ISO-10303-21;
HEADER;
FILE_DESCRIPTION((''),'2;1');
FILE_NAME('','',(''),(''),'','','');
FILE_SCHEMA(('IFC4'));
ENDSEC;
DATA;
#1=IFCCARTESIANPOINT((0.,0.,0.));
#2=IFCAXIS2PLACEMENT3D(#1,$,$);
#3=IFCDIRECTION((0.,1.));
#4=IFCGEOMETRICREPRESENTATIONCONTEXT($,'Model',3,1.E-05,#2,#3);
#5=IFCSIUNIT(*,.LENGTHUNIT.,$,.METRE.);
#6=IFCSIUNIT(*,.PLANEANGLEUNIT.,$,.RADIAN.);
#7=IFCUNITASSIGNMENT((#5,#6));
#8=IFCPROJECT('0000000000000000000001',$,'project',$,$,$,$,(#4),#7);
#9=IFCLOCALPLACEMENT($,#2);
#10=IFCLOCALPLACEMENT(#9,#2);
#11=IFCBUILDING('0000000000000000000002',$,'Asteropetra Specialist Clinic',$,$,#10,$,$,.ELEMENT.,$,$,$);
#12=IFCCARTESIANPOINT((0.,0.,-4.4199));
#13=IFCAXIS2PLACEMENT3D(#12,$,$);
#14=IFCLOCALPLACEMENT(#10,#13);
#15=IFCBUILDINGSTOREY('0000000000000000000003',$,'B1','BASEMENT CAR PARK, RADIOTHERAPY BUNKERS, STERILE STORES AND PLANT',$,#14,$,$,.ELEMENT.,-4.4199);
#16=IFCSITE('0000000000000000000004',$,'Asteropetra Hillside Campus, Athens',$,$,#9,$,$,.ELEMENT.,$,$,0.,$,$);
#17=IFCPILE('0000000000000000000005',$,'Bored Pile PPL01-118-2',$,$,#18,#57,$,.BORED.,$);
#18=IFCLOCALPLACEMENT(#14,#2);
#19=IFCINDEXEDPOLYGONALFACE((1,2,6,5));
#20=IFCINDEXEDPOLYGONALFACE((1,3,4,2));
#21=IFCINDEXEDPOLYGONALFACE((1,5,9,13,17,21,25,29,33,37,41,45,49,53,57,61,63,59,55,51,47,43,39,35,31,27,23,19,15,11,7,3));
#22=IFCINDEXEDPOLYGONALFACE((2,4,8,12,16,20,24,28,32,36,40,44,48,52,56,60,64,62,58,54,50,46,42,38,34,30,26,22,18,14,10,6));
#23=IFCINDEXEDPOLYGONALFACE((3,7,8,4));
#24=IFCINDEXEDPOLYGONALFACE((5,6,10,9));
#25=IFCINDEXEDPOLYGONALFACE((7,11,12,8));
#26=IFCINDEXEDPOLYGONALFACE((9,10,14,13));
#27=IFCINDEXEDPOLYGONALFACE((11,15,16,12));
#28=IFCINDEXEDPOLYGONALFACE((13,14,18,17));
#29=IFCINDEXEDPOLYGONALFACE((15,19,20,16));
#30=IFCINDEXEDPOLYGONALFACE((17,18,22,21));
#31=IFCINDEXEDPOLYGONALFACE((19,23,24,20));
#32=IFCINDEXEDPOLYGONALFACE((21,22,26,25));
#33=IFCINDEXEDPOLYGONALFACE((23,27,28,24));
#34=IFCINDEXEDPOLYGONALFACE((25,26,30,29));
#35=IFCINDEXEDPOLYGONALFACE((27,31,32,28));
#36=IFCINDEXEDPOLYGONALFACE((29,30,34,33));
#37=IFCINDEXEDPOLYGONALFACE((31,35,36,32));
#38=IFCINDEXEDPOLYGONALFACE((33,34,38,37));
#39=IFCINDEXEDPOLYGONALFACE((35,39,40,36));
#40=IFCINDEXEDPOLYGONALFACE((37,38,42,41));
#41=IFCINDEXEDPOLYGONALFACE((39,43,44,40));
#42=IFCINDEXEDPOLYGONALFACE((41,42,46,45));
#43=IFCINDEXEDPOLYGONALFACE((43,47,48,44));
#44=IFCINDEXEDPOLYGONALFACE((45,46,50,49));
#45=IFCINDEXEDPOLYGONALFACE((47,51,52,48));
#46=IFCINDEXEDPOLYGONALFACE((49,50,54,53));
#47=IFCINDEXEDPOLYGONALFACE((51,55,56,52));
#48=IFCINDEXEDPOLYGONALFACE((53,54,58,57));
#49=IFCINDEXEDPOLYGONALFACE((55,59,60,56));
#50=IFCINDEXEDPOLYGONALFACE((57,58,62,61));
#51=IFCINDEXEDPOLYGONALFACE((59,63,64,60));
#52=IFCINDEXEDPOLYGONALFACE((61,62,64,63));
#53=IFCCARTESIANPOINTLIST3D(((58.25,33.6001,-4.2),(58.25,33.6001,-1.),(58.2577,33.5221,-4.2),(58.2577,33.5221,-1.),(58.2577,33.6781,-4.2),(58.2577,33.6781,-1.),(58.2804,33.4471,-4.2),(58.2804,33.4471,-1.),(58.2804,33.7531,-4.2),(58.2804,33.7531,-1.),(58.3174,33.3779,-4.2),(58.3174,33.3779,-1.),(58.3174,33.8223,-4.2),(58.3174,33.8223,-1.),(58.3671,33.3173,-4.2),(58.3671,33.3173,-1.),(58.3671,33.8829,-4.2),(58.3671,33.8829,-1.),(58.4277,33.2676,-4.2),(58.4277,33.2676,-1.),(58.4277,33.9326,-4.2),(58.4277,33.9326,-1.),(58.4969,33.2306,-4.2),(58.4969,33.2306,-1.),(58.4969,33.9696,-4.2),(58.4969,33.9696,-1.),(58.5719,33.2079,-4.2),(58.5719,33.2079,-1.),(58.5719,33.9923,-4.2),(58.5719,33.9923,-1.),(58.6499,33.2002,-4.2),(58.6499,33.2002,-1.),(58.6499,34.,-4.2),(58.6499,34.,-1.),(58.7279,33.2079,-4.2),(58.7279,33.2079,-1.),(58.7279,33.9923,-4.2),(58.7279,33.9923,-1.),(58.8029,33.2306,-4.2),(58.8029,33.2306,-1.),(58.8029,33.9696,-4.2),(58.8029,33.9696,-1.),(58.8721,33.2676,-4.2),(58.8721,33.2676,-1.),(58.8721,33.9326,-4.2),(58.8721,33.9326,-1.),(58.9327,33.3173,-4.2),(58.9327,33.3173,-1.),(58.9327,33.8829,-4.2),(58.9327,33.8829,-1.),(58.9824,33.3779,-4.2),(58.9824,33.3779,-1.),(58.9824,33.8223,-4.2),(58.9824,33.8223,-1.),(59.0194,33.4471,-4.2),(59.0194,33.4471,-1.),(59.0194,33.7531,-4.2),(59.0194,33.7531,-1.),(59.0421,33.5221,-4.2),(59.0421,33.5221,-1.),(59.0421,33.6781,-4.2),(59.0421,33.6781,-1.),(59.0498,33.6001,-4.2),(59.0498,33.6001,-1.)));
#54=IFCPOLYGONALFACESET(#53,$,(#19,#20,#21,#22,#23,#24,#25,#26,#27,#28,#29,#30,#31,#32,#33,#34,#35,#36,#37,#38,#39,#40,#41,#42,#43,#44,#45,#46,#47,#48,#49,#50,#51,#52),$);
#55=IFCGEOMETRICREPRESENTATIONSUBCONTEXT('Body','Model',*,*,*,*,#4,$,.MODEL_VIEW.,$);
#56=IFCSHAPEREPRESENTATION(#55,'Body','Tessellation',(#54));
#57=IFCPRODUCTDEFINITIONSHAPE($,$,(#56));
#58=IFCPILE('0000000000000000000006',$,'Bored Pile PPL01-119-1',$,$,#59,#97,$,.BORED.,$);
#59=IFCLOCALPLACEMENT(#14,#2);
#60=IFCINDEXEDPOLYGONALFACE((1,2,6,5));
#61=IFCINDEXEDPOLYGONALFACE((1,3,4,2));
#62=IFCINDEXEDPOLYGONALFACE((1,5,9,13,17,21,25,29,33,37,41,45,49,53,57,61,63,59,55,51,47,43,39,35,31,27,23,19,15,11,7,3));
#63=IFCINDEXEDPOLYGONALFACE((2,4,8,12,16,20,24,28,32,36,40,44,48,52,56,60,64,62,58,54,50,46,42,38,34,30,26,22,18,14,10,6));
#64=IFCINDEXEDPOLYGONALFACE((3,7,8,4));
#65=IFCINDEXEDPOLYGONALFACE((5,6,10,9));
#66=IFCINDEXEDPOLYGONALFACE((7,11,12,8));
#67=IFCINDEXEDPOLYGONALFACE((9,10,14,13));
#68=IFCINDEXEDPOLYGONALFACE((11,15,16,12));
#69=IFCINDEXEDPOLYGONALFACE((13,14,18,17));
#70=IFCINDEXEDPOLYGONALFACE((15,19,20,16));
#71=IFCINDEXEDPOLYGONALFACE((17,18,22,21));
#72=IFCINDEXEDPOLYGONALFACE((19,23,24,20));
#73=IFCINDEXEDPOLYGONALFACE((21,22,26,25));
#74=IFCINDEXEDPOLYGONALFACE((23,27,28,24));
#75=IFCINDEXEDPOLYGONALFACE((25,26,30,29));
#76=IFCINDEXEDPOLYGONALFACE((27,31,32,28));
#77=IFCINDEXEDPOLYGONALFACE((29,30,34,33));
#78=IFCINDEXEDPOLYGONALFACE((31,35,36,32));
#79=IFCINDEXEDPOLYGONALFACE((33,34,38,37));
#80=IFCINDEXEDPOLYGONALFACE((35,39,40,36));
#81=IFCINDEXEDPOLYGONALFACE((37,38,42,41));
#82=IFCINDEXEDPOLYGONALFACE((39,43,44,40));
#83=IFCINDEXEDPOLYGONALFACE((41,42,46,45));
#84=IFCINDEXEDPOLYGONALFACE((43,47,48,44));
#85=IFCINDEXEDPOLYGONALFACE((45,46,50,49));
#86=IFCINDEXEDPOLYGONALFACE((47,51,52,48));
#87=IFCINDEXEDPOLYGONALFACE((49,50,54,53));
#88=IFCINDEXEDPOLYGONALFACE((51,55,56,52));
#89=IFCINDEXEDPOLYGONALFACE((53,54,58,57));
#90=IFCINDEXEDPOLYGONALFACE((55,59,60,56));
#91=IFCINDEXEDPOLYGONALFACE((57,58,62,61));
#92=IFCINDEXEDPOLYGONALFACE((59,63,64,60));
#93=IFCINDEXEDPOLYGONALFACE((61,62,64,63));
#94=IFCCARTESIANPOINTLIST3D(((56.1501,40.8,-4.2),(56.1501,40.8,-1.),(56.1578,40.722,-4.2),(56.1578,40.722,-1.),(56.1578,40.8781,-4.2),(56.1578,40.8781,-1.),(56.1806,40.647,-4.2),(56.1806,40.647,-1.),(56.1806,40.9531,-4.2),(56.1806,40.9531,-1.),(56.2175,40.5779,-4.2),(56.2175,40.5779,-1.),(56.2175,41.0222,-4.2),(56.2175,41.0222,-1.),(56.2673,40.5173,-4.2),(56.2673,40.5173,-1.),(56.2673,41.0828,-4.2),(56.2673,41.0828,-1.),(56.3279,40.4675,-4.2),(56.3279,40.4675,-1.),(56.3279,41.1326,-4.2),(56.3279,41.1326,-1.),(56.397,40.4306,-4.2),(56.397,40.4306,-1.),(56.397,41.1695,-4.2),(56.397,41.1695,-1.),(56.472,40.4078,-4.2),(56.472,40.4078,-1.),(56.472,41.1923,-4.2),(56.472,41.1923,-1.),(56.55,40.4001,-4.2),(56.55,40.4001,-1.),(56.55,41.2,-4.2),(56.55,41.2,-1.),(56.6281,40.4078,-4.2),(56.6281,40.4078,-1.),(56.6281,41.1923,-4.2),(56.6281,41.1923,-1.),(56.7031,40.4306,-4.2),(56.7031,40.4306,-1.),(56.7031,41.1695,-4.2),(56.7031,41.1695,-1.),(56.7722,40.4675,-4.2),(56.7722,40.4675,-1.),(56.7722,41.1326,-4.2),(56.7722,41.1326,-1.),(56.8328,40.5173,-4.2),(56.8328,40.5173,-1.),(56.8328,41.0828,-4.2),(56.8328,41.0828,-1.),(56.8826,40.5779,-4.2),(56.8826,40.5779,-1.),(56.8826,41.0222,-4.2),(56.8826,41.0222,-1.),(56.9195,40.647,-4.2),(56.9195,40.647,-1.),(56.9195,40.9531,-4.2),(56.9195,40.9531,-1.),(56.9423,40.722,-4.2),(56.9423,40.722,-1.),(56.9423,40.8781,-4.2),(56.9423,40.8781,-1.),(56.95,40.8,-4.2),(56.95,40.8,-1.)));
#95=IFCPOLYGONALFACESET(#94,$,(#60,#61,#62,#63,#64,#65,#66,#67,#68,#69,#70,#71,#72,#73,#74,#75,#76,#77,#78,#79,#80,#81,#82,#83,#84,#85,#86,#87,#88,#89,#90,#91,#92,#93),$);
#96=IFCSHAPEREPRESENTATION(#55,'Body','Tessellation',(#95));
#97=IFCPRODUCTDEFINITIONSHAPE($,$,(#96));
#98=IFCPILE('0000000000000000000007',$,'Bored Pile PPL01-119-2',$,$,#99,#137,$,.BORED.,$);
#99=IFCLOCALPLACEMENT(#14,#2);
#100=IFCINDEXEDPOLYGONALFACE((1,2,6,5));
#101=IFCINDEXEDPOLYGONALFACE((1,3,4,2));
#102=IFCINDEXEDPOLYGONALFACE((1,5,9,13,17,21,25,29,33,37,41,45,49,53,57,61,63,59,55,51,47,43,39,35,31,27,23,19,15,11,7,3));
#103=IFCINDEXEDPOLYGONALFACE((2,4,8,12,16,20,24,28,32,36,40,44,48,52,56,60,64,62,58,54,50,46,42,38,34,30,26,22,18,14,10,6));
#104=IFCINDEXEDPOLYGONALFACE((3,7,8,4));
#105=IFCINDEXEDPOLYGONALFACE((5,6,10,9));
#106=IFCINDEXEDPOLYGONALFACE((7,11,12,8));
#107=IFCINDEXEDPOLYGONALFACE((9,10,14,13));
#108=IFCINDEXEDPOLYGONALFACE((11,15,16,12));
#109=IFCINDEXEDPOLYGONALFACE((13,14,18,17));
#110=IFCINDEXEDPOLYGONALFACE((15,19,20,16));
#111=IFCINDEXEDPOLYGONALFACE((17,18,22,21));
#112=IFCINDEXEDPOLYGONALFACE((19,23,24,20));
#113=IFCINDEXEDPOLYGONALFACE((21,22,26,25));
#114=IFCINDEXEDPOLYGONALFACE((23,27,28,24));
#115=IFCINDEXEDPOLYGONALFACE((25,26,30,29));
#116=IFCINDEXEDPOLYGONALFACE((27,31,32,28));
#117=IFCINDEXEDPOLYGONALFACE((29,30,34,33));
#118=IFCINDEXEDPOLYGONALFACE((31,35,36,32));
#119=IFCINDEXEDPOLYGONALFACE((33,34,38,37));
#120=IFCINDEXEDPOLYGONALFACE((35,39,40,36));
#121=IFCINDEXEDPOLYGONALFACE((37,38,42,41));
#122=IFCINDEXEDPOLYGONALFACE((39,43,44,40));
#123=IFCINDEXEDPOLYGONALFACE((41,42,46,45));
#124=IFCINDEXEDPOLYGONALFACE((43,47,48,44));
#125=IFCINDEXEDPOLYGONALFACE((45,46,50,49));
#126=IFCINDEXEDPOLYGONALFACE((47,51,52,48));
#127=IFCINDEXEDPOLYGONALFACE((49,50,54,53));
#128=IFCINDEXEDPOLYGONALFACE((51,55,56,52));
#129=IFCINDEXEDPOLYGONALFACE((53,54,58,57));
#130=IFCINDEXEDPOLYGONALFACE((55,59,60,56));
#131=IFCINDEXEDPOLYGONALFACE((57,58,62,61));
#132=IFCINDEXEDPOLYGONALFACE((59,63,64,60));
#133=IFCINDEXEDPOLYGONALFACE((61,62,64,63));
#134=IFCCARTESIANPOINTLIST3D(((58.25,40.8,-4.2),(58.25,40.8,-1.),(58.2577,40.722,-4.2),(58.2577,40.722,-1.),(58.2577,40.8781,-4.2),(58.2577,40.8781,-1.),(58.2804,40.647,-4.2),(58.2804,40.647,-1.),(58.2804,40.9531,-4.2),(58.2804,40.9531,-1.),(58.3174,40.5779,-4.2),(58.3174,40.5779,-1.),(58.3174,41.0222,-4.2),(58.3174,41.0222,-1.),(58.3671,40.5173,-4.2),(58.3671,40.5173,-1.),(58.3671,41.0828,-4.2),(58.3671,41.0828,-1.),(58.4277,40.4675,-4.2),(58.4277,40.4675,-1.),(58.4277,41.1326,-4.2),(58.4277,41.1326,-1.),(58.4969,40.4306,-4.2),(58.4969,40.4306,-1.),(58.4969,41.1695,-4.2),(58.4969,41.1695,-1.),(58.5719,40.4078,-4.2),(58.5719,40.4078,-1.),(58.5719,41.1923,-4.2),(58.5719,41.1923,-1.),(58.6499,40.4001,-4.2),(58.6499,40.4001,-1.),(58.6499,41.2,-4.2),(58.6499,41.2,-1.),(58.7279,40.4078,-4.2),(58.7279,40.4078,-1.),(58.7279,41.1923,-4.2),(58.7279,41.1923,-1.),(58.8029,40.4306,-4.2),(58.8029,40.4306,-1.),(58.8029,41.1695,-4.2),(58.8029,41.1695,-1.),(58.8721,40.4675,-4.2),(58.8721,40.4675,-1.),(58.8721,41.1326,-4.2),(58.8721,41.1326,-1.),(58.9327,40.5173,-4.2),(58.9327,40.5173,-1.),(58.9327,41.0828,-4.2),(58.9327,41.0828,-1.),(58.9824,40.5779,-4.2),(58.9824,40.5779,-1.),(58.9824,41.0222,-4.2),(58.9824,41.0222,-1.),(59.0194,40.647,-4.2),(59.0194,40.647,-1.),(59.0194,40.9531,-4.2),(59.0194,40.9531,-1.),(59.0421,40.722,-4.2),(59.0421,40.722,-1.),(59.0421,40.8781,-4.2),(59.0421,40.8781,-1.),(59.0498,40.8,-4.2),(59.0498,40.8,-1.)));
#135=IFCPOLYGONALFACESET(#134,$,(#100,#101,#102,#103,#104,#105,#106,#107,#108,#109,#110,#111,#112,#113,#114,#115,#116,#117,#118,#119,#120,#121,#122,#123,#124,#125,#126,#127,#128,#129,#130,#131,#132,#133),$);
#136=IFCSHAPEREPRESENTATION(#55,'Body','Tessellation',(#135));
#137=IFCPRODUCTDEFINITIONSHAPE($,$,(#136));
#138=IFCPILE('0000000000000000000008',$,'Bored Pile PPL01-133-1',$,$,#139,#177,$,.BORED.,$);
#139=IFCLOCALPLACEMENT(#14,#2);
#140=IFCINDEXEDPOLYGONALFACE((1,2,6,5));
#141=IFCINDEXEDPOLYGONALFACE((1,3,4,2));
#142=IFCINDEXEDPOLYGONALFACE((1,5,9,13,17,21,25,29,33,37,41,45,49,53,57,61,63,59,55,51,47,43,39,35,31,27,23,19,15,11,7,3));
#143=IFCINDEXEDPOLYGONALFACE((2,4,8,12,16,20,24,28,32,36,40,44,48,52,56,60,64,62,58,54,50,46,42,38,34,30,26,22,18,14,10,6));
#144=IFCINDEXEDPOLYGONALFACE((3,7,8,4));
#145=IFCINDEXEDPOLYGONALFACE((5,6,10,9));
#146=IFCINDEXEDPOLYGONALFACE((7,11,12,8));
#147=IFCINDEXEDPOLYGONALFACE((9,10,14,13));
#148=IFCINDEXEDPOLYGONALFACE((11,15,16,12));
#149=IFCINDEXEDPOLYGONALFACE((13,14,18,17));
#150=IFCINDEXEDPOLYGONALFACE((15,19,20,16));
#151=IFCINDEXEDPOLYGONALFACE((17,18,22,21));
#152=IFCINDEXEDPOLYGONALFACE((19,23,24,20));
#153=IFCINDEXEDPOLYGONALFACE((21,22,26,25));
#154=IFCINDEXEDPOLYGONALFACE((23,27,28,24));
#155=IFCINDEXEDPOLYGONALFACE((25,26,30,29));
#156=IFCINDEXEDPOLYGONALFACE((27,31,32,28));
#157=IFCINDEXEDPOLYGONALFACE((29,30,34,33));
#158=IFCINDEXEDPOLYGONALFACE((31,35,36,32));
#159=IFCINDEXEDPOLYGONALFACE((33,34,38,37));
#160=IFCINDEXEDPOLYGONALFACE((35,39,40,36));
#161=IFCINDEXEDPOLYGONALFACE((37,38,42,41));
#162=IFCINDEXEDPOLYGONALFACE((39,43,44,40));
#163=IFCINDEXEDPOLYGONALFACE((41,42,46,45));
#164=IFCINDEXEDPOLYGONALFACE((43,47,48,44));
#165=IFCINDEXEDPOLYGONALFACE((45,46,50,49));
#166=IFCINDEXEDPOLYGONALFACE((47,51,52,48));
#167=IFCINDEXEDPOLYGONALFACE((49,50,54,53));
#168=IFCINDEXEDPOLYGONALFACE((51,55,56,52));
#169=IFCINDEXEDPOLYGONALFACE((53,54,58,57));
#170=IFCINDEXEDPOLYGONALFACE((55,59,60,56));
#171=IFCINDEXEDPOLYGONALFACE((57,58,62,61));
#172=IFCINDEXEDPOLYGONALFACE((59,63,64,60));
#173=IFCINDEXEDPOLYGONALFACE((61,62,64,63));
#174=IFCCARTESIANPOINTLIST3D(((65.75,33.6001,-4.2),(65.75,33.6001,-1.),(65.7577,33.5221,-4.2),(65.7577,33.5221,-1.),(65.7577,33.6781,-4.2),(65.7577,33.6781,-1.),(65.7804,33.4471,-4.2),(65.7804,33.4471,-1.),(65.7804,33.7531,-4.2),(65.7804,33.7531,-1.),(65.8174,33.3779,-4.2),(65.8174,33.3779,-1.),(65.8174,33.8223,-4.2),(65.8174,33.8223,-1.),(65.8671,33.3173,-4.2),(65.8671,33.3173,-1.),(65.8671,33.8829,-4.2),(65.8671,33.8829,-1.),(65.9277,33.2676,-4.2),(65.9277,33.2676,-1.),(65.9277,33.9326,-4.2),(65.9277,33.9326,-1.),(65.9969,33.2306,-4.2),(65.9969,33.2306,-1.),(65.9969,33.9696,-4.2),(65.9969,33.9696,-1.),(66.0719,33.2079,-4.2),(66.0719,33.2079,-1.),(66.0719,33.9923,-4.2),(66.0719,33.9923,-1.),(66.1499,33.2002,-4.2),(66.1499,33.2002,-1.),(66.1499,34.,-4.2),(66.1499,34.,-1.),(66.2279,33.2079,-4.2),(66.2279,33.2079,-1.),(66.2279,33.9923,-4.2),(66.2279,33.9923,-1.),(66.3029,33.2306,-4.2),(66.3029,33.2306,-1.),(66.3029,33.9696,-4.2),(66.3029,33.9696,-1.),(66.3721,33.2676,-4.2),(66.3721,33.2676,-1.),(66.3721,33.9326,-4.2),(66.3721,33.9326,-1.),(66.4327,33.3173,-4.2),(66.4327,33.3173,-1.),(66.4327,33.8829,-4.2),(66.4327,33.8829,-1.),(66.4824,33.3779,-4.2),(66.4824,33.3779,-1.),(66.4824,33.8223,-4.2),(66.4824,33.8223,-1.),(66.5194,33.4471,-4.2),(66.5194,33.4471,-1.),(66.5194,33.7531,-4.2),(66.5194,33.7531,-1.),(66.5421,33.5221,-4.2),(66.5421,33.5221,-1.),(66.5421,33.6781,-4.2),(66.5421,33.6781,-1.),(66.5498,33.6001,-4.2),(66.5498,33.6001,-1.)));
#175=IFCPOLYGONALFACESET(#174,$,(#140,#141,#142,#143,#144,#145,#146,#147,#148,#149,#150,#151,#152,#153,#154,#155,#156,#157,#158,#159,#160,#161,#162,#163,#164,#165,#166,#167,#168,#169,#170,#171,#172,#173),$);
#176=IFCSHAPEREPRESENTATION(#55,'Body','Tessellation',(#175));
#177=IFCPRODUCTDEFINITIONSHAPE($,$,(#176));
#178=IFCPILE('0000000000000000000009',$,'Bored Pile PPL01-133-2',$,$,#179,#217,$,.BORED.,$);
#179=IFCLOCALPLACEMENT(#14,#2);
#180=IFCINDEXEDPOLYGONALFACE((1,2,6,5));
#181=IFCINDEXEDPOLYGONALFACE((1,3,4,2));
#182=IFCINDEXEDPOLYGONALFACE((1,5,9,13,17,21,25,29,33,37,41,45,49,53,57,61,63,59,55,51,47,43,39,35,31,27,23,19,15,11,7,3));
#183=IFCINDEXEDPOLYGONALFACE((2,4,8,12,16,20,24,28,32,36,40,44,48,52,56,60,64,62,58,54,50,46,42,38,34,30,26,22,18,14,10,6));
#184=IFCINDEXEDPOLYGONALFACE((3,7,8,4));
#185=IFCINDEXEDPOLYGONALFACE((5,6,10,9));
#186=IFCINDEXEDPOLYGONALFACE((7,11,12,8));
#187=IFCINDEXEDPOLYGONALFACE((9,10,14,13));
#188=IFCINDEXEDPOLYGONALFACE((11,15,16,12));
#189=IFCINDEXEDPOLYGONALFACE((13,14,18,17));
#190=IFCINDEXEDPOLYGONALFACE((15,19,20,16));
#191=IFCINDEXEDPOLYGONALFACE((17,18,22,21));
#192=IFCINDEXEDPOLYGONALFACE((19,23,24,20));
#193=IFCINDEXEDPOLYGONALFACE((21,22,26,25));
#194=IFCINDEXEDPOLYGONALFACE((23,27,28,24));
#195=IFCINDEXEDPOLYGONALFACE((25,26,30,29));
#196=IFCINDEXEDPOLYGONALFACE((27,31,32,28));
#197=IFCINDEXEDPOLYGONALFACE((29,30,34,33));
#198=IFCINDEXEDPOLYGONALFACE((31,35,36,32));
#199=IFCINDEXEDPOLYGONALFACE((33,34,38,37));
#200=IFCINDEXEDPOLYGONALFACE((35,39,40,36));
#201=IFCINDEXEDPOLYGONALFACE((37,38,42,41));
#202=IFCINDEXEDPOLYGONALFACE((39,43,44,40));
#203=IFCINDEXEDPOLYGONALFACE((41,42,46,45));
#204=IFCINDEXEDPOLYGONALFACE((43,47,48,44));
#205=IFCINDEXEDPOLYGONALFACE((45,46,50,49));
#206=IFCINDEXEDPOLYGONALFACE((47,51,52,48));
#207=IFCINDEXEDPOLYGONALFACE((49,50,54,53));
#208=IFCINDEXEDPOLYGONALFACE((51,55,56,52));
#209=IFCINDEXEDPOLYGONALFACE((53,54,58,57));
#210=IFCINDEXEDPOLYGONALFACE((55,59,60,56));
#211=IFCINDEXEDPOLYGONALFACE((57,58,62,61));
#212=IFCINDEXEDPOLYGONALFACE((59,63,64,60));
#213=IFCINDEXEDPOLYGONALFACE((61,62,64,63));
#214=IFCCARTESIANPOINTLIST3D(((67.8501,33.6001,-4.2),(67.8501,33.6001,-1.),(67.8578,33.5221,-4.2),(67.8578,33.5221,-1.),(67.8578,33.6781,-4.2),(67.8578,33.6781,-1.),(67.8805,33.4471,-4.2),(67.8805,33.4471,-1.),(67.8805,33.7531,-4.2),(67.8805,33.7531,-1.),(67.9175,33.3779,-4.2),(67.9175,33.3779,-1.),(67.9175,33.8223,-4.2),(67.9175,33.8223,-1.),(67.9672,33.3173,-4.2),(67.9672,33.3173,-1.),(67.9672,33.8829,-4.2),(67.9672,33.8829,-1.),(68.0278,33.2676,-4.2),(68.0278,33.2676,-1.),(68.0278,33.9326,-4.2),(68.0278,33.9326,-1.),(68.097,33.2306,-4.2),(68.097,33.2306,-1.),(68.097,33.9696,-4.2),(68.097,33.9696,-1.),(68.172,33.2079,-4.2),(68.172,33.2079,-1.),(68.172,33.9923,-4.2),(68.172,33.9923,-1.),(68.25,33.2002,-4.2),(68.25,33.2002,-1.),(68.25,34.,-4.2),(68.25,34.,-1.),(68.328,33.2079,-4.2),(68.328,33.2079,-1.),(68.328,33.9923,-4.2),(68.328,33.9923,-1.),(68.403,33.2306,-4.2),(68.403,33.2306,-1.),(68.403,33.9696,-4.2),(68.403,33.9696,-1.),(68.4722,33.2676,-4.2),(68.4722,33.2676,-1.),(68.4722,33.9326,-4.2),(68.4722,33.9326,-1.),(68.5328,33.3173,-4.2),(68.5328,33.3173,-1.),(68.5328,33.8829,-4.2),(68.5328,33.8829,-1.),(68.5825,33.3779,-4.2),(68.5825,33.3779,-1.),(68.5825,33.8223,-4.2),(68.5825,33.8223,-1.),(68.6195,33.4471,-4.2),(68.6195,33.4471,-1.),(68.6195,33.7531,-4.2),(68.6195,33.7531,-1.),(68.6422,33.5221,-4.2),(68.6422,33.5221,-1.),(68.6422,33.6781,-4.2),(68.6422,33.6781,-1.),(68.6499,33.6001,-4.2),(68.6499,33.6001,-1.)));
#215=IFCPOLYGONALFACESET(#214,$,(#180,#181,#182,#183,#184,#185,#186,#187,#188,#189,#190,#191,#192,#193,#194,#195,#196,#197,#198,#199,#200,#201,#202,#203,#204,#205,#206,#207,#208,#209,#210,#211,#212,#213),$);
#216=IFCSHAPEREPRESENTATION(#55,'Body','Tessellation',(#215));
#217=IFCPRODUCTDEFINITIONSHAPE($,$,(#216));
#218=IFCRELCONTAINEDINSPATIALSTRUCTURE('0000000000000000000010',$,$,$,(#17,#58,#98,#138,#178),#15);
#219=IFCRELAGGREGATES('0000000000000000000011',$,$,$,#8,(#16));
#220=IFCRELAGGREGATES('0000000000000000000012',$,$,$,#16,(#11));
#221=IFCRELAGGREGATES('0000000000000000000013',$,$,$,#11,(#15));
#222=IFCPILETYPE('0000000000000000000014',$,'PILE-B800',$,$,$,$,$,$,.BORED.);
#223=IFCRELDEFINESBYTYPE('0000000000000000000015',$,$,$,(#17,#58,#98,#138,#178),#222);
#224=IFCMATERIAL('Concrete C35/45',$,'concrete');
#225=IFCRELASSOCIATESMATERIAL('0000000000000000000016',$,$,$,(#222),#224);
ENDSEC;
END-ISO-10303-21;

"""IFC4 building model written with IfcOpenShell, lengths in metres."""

from ifc_helpers import new_model, si_unit, direction, frame, origin, origin_2d, place, context, subcontext, project, spatial, circle, extrude, material, material_profile, profile_set, type_object, element, save


model = new_model("IFC4")

# Units and contexts
model_context = context("Model", 3, precision=1e-05, world=origin(), true_north=direction((0.0, 1.0)))
body_context = subcontext(model_context, "Body", "Model", "MODEL_VIEW")
ifc_project = project(units=[si_unit("LENGTHUNIT", "METRE"), si_unit("PLANEANGLEUNIT", "RADIAN")], contexts=[model_context])

# Site, building, storey
site_placement = place(None, origin())
site = spatial("IfcSite", under=ifc_project, at=site_placement, Name="Asteropetra Hillside Campus, Athens", CompositionType="ELEMENT", RefElevation=0.0)
building_placement = place(site_placement, origin())
building = spatial("IfcBuilding", under=site, at=building_placement, Name="Asteropetra Specialist Clinic", CompositionType="ELEMENT")
storey_placement = place(building_placement, frame((0.0, 0.0, -4.4199)))
storey = spatial("IfcBuildingStorey", under=building, at=storey_placement, Name="B1", Description="BASEMENT CAR PARK, RADIOTHERAPY BUNKERS, STERILE STORES AND PLANT", CompositionType="ELEMENT", Elevation=-4.4199)

# Piles
ifc_material_1 = material(Name="Concrete C35/45", Category="concrete")
ifc_material_profile_1 = material_profile(ifc_material_1, circle(Radius=0.3999, at=origin_2d()), Name="PILE D800")
ifc_profile_set_1 = profile_set([ifc_material_profile_1], Name="Concrete C35/45")
pile_type_1 = type_object("IfcPileType", Name="PILE-B800", PredefinedType="BORED", material=ifc_profile_set_1)
for number, where, z_axis, x_axis, name in (
    (1, (58.6499, 33.6001, -1.0), (0.0, 0.0, -1.0), (1.0, 0.0, 0.0), "Bored Pile PPL01-118-2"),
    (2, (56.55, 40.8, -1.0), (0.0, 0.0, -1.0), (1.0, 0.0, 0.0), "Bored Pile PPL01-119-1"),
    (3, (58.6499, 40.8, -1.0), (0.0, 0.0, -1.0), (1.0, 0.0, 0.0), "Bored Pile PPL01-119-2"),
    (4, (66.1499, 33.6001, -1.0), (0.0, 0.0, -1.0), (1.0, 0.0, 0.0), "Bored Pile PPL01-133-1"),
    (5, (68.25, 33.6001, -1.0), (0.0, 0.0, -1.0), (1.0, 0.0, 0.0), "Bored Pile PPL01-133-2"),
):
    element("IfcPile", number, at=place(storey_placement, frame(where, z_axis=z_axis, x_axis=x_axis)), inside=storey, type_object=pile_type_1, Name=name, PredefinedType="BORED", context=body_context, shape_type="SweptSolid", body=[
        extrude(circle(Radius=0.3999, at=origin_2d()), origin(), (0.0, 0.0, 1.0), 3.2),
    ])

save(model, "model.ifc")
